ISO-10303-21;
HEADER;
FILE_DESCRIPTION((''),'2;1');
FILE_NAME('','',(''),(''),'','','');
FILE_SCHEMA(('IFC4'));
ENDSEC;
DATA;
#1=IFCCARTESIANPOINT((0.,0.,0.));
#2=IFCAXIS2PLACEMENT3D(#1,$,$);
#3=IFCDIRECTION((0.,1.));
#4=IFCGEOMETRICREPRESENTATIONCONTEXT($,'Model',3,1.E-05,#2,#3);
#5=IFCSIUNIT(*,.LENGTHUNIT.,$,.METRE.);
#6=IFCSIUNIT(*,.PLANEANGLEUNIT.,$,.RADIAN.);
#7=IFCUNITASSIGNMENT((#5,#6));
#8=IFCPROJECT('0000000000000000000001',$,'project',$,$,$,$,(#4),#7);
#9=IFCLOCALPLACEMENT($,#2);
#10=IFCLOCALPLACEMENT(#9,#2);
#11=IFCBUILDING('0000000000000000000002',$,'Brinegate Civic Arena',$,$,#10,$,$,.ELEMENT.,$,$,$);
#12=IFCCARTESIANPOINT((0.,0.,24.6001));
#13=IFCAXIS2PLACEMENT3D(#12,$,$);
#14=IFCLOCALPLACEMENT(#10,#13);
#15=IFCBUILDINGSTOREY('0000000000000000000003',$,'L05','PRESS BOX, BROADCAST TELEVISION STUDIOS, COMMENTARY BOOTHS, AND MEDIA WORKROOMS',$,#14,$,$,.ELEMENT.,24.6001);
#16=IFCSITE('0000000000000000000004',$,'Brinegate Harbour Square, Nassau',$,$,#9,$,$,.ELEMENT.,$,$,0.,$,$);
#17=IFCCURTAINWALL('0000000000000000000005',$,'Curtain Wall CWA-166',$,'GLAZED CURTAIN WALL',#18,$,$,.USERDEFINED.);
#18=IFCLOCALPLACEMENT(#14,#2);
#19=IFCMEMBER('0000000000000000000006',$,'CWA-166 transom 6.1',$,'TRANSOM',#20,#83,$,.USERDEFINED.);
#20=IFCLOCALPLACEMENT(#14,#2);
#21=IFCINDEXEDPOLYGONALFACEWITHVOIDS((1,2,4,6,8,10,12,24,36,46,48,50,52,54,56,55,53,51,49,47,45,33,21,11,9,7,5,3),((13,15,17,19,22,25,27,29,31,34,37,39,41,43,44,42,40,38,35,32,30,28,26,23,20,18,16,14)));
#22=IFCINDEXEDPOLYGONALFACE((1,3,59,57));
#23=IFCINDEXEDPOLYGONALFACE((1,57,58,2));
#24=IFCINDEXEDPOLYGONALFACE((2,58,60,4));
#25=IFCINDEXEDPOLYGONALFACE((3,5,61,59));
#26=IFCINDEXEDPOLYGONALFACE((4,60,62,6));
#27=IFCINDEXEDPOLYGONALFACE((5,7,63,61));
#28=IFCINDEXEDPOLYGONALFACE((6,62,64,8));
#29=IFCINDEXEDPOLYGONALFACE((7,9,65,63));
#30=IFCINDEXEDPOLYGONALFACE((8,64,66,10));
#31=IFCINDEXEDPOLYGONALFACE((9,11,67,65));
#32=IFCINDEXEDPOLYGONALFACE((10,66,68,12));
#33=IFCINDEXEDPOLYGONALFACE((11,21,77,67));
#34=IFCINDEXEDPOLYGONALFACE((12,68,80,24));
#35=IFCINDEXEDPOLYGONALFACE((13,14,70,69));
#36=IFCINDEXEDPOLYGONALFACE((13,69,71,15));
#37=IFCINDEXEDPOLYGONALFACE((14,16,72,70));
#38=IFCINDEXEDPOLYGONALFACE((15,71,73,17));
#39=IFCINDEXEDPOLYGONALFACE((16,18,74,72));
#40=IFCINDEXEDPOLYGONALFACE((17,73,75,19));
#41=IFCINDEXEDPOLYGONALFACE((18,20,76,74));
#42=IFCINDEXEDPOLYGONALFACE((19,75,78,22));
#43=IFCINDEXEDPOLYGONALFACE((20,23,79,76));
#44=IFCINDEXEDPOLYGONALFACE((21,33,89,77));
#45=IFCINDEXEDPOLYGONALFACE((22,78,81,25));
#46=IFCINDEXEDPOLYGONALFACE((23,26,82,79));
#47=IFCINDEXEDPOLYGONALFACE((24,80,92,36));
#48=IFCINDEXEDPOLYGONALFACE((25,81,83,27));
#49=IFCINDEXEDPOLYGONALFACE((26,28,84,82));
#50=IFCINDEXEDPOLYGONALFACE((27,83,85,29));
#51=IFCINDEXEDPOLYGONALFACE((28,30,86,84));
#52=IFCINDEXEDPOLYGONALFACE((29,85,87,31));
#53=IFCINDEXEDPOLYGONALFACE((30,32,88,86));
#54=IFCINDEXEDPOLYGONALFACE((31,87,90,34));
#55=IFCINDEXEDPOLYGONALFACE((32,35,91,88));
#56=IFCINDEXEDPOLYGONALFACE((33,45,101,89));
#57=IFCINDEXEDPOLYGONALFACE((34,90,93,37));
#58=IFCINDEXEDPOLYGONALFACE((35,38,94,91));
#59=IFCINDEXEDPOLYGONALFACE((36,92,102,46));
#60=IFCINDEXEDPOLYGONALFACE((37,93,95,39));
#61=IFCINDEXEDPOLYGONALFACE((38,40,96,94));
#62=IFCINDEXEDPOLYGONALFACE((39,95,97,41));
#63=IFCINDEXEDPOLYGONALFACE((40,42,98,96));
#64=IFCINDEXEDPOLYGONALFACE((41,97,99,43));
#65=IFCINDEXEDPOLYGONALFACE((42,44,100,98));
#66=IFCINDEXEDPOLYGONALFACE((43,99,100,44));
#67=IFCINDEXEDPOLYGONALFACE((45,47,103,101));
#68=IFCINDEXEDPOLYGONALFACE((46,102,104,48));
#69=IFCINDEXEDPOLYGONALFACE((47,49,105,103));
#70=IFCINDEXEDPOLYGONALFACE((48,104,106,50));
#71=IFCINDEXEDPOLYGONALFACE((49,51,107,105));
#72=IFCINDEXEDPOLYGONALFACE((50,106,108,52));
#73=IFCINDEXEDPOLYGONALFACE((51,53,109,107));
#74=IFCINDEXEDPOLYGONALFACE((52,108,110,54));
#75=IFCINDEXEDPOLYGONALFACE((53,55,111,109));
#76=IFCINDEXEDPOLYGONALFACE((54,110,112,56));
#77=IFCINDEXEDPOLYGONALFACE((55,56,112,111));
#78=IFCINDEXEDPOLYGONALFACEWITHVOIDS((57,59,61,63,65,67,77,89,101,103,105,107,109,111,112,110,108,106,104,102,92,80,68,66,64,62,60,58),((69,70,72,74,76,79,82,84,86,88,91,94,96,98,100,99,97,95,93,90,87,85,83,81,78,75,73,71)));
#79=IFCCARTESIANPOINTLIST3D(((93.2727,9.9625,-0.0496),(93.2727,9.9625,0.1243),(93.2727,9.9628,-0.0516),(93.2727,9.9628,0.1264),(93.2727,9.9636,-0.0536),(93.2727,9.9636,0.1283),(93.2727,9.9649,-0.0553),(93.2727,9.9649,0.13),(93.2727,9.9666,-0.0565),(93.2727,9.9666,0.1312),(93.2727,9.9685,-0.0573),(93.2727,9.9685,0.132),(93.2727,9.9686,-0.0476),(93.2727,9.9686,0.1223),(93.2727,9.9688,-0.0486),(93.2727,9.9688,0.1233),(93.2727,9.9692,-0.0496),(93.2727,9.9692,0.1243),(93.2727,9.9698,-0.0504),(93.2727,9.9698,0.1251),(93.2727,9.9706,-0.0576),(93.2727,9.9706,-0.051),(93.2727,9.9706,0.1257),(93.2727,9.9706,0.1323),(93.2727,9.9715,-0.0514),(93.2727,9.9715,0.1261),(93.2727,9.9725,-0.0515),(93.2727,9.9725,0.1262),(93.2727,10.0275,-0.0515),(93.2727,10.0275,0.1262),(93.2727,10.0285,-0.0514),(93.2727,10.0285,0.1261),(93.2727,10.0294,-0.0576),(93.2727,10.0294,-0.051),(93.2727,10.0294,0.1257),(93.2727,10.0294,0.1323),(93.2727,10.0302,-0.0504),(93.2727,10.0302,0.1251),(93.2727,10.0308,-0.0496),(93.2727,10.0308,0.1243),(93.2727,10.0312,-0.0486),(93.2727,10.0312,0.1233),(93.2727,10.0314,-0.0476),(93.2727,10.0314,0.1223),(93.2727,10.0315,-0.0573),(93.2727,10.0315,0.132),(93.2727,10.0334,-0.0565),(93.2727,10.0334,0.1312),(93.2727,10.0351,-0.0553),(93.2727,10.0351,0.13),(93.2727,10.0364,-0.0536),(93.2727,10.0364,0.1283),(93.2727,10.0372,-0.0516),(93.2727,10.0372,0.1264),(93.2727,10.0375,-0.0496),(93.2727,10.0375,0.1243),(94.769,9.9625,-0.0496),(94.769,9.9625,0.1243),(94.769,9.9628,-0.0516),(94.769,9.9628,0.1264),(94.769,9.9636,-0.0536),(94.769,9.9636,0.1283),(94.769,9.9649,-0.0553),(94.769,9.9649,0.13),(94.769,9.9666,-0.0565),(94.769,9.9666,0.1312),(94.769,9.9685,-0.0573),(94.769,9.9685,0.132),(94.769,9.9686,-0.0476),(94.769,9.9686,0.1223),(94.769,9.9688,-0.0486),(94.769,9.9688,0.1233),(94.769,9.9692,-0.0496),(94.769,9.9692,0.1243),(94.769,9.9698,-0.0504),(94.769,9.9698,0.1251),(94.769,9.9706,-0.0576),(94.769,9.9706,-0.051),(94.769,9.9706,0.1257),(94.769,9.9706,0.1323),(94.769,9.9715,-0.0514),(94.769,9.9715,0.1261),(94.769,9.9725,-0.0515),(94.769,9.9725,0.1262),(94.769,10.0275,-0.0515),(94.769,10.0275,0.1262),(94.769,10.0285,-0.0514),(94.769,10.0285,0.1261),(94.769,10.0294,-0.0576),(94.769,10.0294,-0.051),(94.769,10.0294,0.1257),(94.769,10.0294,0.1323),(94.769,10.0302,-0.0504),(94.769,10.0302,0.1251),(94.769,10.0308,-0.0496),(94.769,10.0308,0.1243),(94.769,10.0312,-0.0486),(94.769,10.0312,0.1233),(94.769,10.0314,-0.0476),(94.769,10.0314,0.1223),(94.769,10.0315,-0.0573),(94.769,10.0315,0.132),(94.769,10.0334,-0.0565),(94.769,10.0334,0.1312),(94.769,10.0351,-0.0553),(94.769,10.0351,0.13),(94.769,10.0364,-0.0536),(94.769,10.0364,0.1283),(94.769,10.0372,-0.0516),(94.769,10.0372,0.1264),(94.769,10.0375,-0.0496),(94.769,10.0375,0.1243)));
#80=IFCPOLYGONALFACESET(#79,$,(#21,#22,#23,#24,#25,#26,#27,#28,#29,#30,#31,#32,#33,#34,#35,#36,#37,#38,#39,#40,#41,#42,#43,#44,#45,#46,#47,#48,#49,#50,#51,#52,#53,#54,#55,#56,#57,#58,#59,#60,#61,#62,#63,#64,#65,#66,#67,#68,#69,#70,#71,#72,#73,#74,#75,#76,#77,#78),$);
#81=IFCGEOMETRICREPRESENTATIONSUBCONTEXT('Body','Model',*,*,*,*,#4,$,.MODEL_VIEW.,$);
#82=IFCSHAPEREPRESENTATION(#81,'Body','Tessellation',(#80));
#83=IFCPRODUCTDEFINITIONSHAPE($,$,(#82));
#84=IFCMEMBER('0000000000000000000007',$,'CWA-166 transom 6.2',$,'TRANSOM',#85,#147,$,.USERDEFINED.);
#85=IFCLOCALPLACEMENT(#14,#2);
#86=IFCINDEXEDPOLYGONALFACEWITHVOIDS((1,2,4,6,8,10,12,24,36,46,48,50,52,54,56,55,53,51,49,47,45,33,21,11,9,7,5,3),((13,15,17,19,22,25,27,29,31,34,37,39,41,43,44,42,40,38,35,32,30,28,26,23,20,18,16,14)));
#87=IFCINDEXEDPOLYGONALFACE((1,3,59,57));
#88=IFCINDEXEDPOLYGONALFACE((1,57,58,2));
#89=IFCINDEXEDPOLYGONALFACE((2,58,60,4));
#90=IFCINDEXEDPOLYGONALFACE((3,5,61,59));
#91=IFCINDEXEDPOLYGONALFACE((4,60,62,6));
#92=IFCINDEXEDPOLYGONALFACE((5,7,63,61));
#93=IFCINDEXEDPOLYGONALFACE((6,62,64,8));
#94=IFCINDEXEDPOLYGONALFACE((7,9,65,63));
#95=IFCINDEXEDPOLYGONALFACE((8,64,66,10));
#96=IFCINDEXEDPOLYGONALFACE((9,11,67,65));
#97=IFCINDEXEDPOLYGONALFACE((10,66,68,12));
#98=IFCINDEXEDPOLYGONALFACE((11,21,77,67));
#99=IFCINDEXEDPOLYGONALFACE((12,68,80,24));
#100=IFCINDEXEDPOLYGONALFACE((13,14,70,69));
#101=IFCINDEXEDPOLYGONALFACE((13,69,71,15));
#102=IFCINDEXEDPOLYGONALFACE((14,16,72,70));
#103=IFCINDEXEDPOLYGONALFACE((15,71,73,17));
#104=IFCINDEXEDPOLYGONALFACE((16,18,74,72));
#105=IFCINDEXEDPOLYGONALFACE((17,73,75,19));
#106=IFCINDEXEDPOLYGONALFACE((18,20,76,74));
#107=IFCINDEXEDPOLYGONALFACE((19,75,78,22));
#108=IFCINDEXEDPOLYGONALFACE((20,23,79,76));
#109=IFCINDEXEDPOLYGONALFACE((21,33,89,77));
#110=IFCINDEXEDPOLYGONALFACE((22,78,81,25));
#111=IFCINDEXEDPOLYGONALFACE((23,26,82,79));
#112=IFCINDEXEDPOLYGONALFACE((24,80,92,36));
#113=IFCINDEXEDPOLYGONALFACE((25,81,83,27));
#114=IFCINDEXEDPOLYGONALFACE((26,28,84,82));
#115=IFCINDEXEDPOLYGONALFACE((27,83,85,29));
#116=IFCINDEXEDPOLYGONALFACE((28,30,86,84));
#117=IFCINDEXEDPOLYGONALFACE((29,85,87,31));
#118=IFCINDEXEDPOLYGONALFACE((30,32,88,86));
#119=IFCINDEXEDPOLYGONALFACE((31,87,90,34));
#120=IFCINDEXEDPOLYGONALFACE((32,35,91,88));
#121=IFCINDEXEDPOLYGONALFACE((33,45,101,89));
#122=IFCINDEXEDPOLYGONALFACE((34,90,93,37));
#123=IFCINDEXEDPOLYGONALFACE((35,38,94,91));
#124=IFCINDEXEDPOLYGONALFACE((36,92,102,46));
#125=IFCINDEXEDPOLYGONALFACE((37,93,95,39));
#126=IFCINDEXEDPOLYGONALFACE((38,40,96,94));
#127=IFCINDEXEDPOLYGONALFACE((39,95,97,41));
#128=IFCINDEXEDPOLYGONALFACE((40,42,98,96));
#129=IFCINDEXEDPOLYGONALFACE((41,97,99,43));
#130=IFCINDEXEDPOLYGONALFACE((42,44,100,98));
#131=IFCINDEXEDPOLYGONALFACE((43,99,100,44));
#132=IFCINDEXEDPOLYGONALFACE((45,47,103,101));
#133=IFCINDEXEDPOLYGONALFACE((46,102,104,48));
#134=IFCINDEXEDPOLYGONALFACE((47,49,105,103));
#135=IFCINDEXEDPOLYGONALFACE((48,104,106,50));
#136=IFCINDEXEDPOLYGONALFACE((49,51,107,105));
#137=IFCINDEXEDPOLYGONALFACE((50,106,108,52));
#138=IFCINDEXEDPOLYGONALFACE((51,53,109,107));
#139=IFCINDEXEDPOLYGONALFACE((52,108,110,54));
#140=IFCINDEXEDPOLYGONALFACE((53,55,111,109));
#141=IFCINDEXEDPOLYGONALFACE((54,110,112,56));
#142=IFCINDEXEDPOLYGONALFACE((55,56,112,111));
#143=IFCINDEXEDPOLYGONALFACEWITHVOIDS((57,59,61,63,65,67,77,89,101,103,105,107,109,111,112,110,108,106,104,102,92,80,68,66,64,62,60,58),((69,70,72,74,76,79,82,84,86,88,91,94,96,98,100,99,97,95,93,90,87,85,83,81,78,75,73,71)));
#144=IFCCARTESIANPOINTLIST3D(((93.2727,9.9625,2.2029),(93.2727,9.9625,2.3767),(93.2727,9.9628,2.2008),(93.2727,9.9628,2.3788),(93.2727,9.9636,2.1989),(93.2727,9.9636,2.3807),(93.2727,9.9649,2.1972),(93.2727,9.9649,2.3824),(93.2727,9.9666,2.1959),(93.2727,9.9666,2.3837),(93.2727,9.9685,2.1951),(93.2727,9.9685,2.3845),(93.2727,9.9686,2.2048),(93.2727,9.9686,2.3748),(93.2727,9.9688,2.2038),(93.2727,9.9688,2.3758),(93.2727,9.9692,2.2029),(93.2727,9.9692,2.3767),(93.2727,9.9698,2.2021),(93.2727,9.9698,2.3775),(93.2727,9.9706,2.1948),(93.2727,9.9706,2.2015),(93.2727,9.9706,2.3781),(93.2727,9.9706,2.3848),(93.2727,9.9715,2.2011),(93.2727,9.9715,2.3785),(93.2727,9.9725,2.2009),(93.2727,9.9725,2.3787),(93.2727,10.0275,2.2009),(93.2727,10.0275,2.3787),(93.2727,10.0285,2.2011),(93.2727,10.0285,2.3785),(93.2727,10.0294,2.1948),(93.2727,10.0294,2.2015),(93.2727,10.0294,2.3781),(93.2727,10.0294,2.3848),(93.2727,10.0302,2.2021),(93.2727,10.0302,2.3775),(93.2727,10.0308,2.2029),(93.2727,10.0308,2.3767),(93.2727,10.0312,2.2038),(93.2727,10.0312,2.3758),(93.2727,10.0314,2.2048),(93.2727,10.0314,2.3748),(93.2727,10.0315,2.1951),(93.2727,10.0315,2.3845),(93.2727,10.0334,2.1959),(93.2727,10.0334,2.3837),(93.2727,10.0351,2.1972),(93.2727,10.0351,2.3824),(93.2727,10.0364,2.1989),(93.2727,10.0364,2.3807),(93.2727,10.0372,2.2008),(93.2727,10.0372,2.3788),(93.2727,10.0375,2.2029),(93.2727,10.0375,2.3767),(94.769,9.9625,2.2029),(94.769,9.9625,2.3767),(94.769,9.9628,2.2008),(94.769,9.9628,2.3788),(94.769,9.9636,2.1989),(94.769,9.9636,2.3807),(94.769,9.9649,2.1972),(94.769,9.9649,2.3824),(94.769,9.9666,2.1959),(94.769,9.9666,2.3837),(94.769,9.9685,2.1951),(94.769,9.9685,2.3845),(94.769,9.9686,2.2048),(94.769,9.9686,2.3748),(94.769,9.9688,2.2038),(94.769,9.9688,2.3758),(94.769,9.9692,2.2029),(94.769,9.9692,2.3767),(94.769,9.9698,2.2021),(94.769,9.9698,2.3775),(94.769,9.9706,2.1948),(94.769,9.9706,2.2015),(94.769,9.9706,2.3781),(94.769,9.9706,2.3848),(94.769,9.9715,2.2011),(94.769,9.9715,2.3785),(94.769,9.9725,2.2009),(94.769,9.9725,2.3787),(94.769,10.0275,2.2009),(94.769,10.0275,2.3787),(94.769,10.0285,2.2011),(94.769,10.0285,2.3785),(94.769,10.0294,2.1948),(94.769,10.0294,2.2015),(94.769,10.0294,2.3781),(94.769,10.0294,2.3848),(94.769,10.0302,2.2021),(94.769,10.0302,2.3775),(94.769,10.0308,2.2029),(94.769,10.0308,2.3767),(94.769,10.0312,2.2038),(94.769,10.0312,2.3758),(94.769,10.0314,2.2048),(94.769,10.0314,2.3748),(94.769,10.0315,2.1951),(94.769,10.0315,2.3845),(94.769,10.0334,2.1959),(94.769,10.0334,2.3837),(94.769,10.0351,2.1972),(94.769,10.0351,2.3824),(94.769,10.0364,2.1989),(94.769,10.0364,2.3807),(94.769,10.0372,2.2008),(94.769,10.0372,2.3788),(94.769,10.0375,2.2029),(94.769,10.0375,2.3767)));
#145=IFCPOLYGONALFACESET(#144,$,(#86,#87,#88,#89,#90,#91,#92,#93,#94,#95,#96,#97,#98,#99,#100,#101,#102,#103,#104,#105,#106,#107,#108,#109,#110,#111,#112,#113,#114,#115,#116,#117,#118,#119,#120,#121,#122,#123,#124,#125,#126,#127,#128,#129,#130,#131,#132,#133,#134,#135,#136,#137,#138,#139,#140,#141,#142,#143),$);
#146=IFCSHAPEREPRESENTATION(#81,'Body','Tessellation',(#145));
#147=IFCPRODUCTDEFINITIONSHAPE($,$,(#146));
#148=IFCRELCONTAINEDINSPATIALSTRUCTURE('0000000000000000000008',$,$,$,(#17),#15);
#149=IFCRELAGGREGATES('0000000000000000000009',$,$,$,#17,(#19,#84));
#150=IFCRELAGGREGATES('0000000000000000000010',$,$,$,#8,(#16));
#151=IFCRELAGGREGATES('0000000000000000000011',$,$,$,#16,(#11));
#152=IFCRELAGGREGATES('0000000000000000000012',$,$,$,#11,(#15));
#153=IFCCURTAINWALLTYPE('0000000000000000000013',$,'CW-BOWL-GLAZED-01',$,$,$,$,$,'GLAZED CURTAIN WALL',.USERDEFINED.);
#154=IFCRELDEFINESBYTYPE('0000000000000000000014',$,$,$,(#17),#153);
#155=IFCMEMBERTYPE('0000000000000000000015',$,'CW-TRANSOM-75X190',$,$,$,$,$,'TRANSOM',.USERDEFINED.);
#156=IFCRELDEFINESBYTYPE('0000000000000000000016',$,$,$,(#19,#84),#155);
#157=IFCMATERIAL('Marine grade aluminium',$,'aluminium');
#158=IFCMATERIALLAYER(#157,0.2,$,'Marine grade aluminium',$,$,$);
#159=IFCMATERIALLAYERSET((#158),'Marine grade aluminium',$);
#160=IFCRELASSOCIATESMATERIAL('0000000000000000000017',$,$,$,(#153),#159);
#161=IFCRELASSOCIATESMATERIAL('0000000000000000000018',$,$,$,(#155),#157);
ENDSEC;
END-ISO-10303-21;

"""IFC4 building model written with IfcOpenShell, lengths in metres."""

from ifc_helpers import new_model, si_unit, direction, frame, origin, origin_2d, place, context, subcontext, project, spatial, hollow_rectangle, extrude, material, layer, layer_set, material_profile, profile_set, type_object, element, aggregate, save


model = new_model("IFC4")

# Units and contexts
model_context = context("Model", 3, precision=1e-05, world=origin(), true_north=direction((0.0, 1.0)))
body_context = subcontext(model_context, "Body", "Model", "MODEL_VIEW")
ifc_project = project(units=[si_unit("LENGTHUNIT", "METRE"), si_unit("PLANEANGLEUNIT", "RADIAN")], contexts=[model_context])

# Site, building, storey
site_placement = place(None, origin())
site = spatial("IfcSite", under=ifc_project, at=site_placement, Name="Brinegate Harbour Square, Nassau", CompositionType="ELEMENT", RefElevation=0.0)
building_placement = place(site_placement, origin())
building = spatial("IfcBuilding", under=site, at=building_placement, Name="Brinegate Civic Arena", CompositionType="ELEMENT")
storey_placement = place(building_placement, frame((0.0, 0.0, 24.6001)))
storey = spatial("IfcBuildingStorey", under=building, at=storey_placement, Name="L05", Description="PRESS BOX, BROADCAST TELEVISION STUDIOS, COMMENTARY BOOTHS, AND MEDIA WORKROOMS", CompositionType="ELEMENT", Elevation=24.6001)

# Shared definitions
ifc_material_1 = material(Name="Marine grade aluminium", Category="aluminium")
ifc_layer_1 = layer(ifc_material_1, 0.2, Name="Marine grade aluminium")
ifc_layer_set_1 = layer_set([ifc_layer_1], Name="Marine grade aluminium")
curtain_wall_type = type_object("IfcCurtainWallType", Name="CW-BOWL-GLAZED-01", ElementType="GLAZED CURTAIN WALL", PredefinedType="USERDEFINED", material=ifc_layer_set_1)

# Curtain wall
curtain_wall_1_placement = place(storey_placement, origin())
curtain_wall_1 = element("IfcCurtainWall", 1, at=curtain_wall_1_placement, inside=storey, type_object=curtain_wall_type, Name="Curtain Wall CWA-166", ObjectType="GLAZED CURTAIN WALL", PredefinedType="USERDEFINED")

# Members
ifc_material_profile_1 = material_profile(ifc_material_1, hollow_rectangle(XDim=0.075, YDim=0.1899, WallThickness=0.0061, InnerFilletRadius=0.0039, OuterFilletRadius=0.0081, at=origin_2d()), Name="TRN75X190")
ifc_profile_set_1 = profile_set([ifc_material_profile_1], Name="Marine grade aluminium")
member_type_1 = type_object("IfcMemberType", Name="CW-TRANSOM-75X190", ElementType="TRANSOM", PredefinedType="USERDEFINED", material=ifc_profile_set_1)
member_1_placement = place(storey_placement, frame((93.2727, 10.0, 0.0374), z_axis=(1.0, 0.0, 0.0), x_axis=(0.0, 1.0, 0.0)))
member_1 = element("IfcMember", 2, at=member_1_placement, type_object=member_type_1, Name="CWA-166 transom 6.1", ObjectType="TRANSOM", PredefinedType="USERDEFINED", context=body_context, shape_type="SweptSolid", body=[
    extrude(hollow_rectangle(XDim=0.075, YDim=0.1899, WallThickness=0.0061, InnerFilletRadius=0.0039, OuterFilletRadius=0.0081, at=origin_2d()), origin(), (0.0, 0.0, 1.0), 1.4963),
])
member_2_placement = place(storey_placement, frame((93.2727, 10.0, 2.2898), z_axis=(1.0, 0.0, 0.0), x_axis=(0.0, 1.0, 0.0)))
member_2 = element("IfcMember", 3, at=member_2_placement, type_object=member_type_1, Name="CWA-166 transom 6.2", ObjectType="TRANSOM", PredefinedType="USERDEFINED", context=body_context, shape_type="SweptSolid", body=[
    extrude(hollow_rectangle(XDim=0.075, YDim=0.1899, WallThickness=0.0061, InnerFilletRadius=0.0039, OuterFilletRadius=0.0081, at=origin_2d()), origin(), (0.0, 0.0, 1.0), 1.4963),
])

aggregate(curtain_wall_1, [member_1, member_2])

save(model, "model.ifc")
